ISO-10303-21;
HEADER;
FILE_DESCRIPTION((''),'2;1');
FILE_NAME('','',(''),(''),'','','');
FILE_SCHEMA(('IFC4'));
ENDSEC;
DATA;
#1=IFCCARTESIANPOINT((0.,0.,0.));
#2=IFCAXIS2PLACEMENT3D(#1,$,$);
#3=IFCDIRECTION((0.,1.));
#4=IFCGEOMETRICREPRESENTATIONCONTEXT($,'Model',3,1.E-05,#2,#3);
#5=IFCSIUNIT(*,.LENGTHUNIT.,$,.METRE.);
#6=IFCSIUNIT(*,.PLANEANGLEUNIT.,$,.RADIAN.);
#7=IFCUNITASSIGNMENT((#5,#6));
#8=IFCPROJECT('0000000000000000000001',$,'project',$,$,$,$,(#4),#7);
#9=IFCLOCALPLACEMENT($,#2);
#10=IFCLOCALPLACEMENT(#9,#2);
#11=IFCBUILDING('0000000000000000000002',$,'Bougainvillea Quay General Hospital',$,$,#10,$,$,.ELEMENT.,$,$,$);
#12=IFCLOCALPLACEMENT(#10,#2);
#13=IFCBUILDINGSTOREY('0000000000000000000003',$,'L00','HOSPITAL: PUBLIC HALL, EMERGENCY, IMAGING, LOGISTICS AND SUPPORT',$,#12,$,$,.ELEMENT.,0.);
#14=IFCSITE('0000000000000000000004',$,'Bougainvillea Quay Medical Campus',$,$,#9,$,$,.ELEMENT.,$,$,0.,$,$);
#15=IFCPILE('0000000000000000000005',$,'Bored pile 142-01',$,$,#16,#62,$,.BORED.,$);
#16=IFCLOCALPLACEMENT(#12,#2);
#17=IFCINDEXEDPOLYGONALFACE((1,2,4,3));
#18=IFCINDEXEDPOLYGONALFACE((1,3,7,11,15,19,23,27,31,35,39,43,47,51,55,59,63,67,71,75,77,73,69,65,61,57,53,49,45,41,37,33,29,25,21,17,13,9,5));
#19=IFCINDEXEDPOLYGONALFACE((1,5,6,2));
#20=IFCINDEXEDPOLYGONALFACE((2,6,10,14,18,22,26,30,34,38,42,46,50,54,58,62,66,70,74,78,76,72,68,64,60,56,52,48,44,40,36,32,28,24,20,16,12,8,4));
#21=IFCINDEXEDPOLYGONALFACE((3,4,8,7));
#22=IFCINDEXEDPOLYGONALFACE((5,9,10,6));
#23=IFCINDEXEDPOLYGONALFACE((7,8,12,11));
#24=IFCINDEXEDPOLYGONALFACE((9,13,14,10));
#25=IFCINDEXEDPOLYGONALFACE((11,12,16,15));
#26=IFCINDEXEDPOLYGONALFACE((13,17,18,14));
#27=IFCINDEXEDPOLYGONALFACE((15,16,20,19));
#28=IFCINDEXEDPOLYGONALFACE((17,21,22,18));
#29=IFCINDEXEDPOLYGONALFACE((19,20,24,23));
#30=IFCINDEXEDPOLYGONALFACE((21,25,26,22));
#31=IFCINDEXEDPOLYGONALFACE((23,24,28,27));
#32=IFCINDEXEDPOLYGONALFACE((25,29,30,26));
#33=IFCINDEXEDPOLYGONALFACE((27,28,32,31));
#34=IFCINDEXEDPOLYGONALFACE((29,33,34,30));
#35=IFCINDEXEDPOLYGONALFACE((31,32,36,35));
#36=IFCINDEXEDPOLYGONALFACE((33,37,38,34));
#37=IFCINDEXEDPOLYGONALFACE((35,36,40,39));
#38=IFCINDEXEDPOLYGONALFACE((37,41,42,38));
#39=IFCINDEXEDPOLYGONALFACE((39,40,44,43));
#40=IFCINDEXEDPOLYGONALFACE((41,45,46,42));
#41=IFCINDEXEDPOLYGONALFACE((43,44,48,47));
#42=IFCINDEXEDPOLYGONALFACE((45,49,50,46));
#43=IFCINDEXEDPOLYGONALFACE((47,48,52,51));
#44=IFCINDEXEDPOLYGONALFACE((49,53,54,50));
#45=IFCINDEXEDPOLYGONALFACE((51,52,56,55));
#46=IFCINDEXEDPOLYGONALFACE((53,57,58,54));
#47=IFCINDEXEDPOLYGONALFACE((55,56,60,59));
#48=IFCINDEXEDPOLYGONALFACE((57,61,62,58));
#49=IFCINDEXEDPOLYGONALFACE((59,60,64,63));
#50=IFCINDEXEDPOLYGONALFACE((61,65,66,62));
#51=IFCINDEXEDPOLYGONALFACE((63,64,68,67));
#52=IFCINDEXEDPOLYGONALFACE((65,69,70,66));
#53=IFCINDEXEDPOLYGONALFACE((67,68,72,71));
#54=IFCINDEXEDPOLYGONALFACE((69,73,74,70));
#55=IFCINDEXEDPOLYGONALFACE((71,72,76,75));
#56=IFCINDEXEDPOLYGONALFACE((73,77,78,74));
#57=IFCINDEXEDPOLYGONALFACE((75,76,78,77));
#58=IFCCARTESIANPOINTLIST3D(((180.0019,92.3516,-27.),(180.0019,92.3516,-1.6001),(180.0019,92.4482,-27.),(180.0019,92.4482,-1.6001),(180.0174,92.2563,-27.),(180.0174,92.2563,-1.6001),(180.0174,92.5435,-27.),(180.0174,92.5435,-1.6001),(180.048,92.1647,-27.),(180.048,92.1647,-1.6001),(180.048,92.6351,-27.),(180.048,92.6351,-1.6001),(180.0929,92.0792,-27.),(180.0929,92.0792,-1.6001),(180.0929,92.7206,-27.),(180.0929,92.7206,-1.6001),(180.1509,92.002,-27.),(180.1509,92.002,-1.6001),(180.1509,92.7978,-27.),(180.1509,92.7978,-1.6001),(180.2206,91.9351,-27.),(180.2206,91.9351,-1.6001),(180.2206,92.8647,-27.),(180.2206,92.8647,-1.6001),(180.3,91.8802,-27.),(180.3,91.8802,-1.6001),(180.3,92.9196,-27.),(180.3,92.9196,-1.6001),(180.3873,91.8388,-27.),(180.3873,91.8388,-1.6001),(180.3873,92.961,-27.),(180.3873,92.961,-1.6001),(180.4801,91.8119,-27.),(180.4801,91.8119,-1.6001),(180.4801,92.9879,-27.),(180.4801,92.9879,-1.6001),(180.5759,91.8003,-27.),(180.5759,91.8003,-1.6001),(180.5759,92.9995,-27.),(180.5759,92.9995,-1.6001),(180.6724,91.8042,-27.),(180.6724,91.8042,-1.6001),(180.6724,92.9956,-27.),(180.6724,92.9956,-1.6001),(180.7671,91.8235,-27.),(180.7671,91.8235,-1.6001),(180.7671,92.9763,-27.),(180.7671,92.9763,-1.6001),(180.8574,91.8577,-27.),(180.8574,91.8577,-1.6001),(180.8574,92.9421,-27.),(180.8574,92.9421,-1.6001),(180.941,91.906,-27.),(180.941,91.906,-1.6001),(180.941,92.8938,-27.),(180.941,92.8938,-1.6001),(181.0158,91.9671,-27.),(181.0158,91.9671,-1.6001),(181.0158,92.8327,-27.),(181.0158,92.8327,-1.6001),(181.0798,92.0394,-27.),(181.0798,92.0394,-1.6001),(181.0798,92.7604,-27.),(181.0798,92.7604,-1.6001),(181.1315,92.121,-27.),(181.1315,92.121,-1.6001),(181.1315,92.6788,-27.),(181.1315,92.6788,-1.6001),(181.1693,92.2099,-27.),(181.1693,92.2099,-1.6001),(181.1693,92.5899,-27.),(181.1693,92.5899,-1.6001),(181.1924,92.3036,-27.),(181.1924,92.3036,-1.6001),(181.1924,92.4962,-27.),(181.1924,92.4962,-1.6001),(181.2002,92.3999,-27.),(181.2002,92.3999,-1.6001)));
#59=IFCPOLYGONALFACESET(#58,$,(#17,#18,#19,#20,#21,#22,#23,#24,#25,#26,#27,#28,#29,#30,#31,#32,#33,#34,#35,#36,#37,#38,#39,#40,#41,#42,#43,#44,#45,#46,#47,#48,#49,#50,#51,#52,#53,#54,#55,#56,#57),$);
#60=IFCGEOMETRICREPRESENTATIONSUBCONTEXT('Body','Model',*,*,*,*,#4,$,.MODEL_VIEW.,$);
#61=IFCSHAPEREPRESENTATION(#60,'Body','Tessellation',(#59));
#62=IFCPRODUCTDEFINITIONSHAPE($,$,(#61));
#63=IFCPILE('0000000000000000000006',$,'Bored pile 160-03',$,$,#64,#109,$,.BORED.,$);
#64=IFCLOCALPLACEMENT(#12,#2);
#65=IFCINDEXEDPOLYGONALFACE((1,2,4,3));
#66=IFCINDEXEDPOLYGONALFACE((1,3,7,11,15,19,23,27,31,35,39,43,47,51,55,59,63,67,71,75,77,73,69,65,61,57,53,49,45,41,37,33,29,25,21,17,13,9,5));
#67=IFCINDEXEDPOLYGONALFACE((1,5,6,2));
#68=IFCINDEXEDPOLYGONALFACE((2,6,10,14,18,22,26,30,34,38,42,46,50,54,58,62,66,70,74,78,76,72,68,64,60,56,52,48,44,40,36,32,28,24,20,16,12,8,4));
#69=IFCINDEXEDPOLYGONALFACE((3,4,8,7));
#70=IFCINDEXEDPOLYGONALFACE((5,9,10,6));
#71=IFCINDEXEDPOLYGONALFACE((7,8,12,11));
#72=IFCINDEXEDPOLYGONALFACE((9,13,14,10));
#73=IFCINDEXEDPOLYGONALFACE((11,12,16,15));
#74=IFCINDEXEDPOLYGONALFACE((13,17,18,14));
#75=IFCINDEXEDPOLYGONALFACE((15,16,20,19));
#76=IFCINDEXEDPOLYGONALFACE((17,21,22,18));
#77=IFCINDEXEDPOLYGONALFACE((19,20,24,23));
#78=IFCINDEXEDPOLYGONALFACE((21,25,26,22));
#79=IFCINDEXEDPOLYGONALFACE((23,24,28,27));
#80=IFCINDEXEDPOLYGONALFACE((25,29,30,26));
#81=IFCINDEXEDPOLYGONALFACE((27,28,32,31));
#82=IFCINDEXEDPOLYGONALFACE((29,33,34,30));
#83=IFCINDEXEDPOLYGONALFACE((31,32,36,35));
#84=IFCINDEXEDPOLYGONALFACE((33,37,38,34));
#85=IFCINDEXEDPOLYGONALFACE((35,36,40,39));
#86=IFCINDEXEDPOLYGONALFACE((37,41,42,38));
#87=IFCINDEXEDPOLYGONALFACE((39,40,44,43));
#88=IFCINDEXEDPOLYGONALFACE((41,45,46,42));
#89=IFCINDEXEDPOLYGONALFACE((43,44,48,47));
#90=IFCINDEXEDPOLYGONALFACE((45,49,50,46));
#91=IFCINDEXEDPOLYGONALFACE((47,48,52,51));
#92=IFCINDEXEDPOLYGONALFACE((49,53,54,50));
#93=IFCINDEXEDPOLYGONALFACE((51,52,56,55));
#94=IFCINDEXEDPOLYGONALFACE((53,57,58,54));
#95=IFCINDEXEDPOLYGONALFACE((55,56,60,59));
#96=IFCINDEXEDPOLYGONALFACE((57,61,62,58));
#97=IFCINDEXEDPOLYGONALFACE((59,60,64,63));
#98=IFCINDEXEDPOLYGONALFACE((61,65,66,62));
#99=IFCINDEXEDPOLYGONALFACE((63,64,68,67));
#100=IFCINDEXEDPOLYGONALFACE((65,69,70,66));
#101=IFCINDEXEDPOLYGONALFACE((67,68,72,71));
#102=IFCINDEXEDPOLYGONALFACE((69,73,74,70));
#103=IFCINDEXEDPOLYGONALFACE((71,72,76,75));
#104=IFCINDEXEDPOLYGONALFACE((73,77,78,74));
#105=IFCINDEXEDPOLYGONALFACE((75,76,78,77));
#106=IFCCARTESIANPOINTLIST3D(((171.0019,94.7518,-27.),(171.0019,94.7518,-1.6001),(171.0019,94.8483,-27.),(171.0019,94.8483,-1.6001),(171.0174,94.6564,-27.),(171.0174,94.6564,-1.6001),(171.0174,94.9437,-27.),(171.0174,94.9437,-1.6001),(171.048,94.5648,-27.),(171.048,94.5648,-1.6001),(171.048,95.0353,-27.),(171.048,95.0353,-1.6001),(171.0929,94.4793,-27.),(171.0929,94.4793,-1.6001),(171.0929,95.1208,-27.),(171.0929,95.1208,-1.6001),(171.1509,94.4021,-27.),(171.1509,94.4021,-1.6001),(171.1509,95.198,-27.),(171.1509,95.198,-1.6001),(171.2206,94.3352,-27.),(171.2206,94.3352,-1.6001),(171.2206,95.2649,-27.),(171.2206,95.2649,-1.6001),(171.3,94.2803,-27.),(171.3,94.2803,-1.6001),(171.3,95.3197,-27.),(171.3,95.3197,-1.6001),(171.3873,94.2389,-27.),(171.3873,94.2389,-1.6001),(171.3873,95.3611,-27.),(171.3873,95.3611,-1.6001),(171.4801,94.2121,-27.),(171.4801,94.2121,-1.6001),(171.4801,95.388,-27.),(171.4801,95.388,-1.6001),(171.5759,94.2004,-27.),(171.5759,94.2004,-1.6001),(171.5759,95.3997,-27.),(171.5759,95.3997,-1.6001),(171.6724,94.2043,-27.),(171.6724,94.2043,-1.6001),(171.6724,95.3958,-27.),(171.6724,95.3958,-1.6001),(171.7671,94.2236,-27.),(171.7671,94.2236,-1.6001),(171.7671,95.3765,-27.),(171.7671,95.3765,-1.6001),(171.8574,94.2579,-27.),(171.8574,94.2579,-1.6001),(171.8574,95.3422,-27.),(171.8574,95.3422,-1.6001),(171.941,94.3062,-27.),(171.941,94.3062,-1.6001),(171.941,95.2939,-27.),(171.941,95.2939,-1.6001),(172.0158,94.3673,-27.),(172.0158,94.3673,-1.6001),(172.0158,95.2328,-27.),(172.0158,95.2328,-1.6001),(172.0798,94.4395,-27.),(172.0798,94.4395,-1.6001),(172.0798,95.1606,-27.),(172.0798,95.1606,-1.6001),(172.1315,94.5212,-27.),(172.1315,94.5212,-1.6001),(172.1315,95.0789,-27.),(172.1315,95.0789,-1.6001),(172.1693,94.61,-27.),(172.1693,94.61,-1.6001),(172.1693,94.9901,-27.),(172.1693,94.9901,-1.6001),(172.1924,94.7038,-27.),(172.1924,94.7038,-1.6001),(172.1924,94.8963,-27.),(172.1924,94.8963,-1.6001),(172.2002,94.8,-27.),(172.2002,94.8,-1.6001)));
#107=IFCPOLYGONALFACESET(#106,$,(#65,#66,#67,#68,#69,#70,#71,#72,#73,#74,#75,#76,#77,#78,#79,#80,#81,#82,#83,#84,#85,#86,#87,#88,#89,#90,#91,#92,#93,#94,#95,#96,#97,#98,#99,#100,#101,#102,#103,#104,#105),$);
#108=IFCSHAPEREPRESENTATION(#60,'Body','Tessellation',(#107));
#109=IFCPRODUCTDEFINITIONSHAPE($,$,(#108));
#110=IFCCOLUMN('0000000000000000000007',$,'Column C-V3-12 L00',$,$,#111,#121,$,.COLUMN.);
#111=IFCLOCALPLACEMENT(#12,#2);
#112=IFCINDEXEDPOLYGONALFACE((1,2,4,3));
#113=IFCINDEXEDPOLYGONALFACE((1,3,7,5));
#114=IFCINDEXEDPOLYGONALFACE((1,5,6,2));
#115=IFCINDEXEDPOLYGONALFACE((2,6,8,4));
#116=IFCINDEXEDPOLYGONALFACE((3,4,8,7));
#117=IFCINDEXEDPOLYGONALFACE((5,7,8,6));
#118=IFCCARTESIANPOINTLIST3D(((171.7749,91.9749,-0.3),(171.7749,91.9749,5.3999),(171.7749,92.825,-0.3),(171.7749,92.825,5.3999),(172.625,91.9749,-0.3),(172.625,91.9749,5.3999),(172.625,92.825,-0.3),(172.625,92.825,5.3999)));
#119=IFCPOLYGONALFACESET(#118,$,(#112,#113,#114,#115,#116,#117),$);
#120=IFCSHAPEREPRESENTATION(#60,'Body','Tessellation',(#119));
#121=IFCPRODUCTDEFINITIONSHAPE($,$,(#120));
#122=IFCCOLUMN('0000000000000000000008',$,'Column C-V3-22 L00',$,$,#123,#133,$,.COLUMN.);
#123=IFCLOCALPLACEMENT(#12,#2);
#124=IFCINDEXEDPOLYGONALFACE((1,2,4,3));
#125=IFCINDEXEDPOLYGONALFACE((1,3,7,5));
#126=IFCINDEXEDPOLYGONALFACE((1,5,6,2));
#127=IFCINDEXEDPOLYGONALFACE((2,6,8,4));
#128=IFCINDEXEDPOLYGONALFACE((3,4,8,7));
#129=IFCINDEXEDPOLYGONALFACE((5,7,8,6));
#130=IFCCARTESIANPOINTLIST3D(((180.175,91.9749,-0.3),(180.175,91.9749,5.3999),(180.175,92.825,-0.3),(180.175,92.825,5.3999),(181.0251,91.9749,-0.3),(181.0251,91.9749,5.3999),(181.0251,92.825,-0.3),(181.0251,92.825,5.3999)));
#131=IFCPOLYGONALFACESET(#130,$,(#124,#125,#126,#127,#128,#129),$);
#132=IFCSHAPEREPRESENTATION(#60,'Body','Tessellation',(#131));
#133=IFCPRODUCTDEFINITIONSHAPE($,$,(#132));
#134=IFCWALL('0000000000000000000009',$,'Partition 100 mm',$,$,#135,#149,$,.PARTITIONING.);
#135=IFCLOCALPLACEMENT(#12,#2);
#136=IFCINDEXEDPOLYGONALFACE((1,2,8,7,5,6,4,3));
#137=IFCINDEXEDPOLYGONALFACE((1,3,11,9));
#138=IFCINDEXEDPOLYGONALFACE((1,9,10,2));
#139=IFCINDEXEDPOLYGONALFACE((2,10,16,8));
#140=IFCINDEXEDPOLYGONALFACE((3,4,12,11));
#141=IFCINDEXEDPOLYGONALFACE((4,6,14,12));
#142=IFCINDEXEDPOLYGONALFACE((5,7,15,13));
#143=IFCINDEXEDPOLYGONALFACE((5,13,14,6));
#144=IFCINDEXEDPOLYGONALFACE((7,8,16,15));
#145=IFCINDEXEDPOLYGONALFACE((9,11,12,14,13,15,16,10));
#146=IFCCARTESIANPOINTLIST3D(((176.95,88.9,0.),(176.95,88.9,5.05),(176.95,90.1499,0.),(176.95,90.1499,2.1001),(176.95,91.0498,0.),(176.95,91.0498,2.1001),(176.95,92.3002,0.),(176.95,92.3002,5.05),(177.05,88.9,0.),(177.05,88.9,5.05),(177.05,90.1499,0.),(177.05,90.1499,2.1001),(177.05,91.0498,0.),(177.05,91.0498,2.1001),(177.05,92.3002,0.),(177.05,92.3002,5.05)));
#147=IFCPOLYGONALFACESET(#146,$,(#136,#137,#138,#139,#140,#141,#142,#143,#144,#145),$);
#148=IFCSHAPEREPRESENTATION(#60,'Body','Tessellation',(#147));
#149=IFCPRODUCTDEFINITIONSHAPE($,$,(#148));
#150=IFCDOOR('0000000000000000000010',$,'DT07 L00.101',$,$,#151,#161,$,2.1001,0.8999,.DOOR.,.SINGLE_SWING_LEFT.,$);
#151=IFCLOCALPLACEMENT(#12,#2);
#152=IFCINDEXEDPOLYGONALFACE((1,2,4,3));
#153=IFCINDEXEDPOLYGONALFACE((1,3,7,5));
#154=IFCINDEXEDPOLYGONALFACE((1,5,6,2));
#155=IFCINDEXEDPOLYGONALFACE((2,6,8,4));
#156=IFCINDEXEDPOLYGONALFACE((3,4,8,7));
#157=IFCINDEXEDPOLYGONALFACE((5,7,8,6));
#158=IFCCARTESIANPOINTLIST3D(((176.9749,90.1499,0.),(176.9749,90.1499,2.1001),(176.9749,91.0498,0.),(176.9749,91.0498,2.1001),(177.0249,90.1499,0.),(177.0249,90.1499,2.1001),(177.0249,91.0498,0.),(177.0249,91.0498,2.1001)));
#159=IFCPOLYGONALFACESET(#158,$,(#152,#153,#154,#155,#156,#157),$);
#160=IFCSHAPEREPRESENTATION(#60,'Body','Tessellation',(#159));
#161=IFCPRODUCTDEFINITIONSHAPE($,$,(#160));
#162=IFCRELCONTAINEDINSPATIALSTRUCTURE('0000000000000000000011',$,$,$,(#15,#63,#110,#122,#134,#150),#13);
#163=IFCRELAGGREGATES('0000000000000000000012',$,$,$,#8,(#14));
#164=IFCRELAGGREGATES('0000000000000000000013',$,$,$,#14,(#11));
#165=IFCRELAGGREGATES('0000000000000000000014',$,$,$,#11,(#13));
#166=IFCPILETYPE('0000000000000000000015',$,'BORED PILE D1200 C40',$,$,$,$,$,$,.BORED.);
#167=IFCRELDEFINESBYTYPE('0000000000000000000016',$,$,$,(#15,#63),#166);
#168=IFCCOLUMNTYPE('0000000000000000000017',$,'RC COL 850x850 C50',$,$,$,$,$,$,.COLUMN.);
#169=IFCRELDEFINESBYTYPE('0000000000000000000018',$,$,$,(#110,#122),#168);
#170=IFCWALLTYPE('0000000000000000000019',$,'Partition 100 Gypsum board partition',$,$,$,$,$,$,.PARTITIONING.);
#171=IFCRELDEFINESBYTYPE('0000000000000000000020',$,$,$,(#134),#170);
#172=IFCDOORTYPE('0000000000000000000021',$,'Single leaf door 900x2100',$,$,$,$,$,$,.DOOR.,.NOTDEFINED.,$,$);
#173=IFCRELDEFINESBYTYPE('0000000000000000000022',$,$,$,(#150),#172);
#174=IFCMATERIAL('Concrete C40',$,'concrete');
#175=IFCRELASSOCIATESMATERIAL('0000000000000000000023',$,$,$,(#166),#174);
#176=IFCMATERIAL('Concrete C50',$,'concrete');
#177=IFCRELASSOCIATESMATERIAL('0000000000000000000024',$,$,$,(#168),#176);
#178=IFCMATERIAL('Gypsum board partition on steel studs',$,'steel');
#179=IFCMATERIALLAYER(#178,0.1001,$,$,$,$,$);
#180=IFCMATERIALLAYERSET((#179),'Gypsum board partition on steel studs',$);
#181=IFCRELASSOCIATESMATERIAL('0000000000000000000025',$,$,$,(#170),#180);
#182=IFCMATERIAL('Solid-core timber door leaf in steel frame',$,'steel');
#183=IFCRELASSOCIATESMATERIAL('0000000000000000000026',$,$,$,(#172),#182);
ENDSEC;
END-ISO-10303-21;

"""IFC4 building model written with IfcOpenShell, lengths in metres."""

from ifc_helpers import new_model, si_unit, direction, frame, frame_2d, origin, origin_2d, place, context, subcontext, project, spatial, rectangle, circle, extrude, material, layer, layer_set, material_profile, profile_set, type_object, element, fill, save


model = new_model("IFC4")

# Units and contexts
model_context = context("Model", 3, precision=1e-05, world=origin(), true_north=direction((0.0, 1.0)))
body_context = subcontext(model_context, "Body", "Model", "MODEL_VIEW")
ifc_project = project(units=[si_unit("LENGTHUNIT", "METRE"), si_unit("PLANEANGLEUNIT", "RADIAN")], contexts=[model_context])

# Site, building, storey
site_placement = place(None, origin())
site = spatial("IfcSite", under=ifc_project, at=site_placement, Name="Bougainvillea Quay Medical Campus", CompositionType="ELEMENT", RefElevation=0.0)
building_placement = place(site_placement, origin())
building = spatial("IfcBuilding", under=site, at=building_placement, Name="Bougainvillea Quay General Hospital", CompositionType="ELEMENT")
storey_placement = place(building_placement, origin())
storey = spatial("IfcBuildingStorey", under=building, at=storey_placement, Name="L00", Description="HOSPITAL: PUBLIC HALL, EMERGENCY, IMAGING, LOGISTICS AND SUPPORT", CompositionType="ELEMENT", Elevation=0.0)

# Piles
ifc_material_1 = material(Name="Concrete C40", Category="concrete")
ifc_material_profile_1 = material_profile(ifc_material_1, circle(Radius=0.6001, at=origin_2d()))
ifc_profile_set_1 = profile_set([ifc_material_profile_1], Name="Concrete C40")
pile_type = type_object("IfcPileType", Name="BORED PILE D1200 C40", PredefinedType="BORED", material=ifc_profile_set_1)
for number, where, z_axis, x_axis, name in (
    (1, (180.6001, 92.3999, -1.6001), (0.0, 0.0, -1.0), (1.0, 0.0, 0.0), "Bored pile 142-01"),
    (2, (171.6001, 94.8, -1.6001), (0.0, 0.0, -1.0), (1.0, 0.0, 0.0), "Bored pile 160-03"),
):
    element("IfcPile", number, at=place(storey_placement, frame(where, z_axis=z_axis, x_axis=x_axis)), inside=storey, type_object=pile_type, Name=name, PredefinedType="BORED", context=body_context, shape_type="SweptSolid", body=[
        extrude(circle(Radius=0.6001, at=origin_2d()), origin(), (0.0, 0.0, 1.0), 25.3999),
    ])

# Columns
ifc_material_2 = material(Name="Concrete C50", Category="concrete")
ifc_material_profile_2 = material_profile(ifc_material_2, rectangle(XDim=0.8501, YDim=0.8501, at=origin_2d()))
ifc_profile_set_2 = profile_set([ifc_material_profile_2], Name="Concrete C50")
column_type = type_object("IfcColumnType", Name="RC COL 850x850 C50", PredefinedType="COLUMN", material=ifc_profile_set_2)
for number, where, z_axis, x_axis, name in (
    (3, (172.2, 92.3999, -0.3), (0.0, 0.0, 1.0), (1.0, 0.0, 0.0), "Column C-V3-12 L00"),
    (4, (180.6001, 92.3999, -0.3), (0.0, 0.0, 1.0), (1.0, 0.0, 0.0), "Column C-V3-22 L00"),
):
    element("IfcColumn", number, at=place(storey_placement, frame(where, z_axis=z_axis, x_axis=x_axis)), inside=storey, type_object=column_type, Name=name, PredefinedType="COLUMN", context=body_context, shape_type="SweptSolid", body=[
        extrude(rectangle(XDim=0.8501, YDim=0.8501, at=origin_2d()), origin(), (0.0, 0.0, 1.0), 5.7),
    ])

# Wall, opening, door
ifc_material_3 = material(Name="Gypsum board partition on steel studs", Category="steel")
ifc_layer_1 = layer(ifc_material_3, 0.1001)
ifc_layer_set_1 = layer_set([ifc_layer_1], Name="Gypsum board partition on steel studs")
wall_type_1 = type_object("IfcWallType", Name="Partition 100 Gypsum board partition", PredefinedType="PARTITIONING", material=ifc_layer_set_1)
wall_1_placement = place(storey_placement, frame((177.0, 88.8999, 0.0), z_axis=(0.0, 0.0, 1.0), x_axis=(0.0, 1.0, 0.0)))
wall_1 = element("IfcWall", 5, at=wall_1_placement, inside=storey, type_object=wall_type_1, Name="Partition 100 mm", PredefinedType="PARTITIONING", context=body_context, shape_type="SweptSolid", body=[
    extrude(rectangle(XDim=3.4001, YDim=0.1001, at=frame_2d((1.7002, 0.0))), origin(), (0.0, 0.0, 1.0), 5.05),
])
opening_1_placement = place(wall_1_placement, frame((1.25, 0.0, 0.0)))
opening_1 = element("IfcOpeningElement", 6, at=opening_1_placement, cuts=wall_1, PredefinedType="OPENING", context=body_context, shape_type="SweptSolid", body=[
    extrude(rectangle(XDim=0.8999, YDim=2.1001, at=frame_2d((0.45, 1.05))), frame((0.0, 0.0601, 0.0), z_axis=(0.0, -1.0, 0.0), x_axis=(1.0, 0.0, 0.0)), (0.0, 0.0, 1.0), 0.1201),
])
ifc_material_4 = material(Name="Solid-core timber door leaf in steel frame", Category="steel")
door_type_1 = type_object("IfcDoorType", Name="Single leaf door 900x2100", OperationType="NOTDEFINED", PredefinedType="DOOR", material=ifc_material_4)
door_1_placement = place(opening_1_placement, frame((0.8999, 0.0, 0.0), z_axis=(0.0, 0.0, 1.0), x_axis=(-1.0, 0.0, 0.0)))
door_1 = element("IfcDoor", 7, at=door_1_placement, inside=storey, type_object=door_type_1, Name="DT07 L00.101", OperationType="SINGLE_SWING_LEFT", OverallHeight=2.1001, OverallWidth=0.8999, PredefinedType="DOOR", context=body_context, shape_type="SweptSolid", body=[
    extrude(rectangle(XDim=0.8999, YDim=2.1001, at=frame_2d((0.45, 1.05))), frame((0.0, 0.0249, 0.0), z_axis=(0.0, -1.0, 0.0), x_axis=(1.0, 0.0, 0.0)), (0.0, 0.0, 1.0), 0.05),
])
fill(opening_1, door_1)

save(model, "model.ifc")
